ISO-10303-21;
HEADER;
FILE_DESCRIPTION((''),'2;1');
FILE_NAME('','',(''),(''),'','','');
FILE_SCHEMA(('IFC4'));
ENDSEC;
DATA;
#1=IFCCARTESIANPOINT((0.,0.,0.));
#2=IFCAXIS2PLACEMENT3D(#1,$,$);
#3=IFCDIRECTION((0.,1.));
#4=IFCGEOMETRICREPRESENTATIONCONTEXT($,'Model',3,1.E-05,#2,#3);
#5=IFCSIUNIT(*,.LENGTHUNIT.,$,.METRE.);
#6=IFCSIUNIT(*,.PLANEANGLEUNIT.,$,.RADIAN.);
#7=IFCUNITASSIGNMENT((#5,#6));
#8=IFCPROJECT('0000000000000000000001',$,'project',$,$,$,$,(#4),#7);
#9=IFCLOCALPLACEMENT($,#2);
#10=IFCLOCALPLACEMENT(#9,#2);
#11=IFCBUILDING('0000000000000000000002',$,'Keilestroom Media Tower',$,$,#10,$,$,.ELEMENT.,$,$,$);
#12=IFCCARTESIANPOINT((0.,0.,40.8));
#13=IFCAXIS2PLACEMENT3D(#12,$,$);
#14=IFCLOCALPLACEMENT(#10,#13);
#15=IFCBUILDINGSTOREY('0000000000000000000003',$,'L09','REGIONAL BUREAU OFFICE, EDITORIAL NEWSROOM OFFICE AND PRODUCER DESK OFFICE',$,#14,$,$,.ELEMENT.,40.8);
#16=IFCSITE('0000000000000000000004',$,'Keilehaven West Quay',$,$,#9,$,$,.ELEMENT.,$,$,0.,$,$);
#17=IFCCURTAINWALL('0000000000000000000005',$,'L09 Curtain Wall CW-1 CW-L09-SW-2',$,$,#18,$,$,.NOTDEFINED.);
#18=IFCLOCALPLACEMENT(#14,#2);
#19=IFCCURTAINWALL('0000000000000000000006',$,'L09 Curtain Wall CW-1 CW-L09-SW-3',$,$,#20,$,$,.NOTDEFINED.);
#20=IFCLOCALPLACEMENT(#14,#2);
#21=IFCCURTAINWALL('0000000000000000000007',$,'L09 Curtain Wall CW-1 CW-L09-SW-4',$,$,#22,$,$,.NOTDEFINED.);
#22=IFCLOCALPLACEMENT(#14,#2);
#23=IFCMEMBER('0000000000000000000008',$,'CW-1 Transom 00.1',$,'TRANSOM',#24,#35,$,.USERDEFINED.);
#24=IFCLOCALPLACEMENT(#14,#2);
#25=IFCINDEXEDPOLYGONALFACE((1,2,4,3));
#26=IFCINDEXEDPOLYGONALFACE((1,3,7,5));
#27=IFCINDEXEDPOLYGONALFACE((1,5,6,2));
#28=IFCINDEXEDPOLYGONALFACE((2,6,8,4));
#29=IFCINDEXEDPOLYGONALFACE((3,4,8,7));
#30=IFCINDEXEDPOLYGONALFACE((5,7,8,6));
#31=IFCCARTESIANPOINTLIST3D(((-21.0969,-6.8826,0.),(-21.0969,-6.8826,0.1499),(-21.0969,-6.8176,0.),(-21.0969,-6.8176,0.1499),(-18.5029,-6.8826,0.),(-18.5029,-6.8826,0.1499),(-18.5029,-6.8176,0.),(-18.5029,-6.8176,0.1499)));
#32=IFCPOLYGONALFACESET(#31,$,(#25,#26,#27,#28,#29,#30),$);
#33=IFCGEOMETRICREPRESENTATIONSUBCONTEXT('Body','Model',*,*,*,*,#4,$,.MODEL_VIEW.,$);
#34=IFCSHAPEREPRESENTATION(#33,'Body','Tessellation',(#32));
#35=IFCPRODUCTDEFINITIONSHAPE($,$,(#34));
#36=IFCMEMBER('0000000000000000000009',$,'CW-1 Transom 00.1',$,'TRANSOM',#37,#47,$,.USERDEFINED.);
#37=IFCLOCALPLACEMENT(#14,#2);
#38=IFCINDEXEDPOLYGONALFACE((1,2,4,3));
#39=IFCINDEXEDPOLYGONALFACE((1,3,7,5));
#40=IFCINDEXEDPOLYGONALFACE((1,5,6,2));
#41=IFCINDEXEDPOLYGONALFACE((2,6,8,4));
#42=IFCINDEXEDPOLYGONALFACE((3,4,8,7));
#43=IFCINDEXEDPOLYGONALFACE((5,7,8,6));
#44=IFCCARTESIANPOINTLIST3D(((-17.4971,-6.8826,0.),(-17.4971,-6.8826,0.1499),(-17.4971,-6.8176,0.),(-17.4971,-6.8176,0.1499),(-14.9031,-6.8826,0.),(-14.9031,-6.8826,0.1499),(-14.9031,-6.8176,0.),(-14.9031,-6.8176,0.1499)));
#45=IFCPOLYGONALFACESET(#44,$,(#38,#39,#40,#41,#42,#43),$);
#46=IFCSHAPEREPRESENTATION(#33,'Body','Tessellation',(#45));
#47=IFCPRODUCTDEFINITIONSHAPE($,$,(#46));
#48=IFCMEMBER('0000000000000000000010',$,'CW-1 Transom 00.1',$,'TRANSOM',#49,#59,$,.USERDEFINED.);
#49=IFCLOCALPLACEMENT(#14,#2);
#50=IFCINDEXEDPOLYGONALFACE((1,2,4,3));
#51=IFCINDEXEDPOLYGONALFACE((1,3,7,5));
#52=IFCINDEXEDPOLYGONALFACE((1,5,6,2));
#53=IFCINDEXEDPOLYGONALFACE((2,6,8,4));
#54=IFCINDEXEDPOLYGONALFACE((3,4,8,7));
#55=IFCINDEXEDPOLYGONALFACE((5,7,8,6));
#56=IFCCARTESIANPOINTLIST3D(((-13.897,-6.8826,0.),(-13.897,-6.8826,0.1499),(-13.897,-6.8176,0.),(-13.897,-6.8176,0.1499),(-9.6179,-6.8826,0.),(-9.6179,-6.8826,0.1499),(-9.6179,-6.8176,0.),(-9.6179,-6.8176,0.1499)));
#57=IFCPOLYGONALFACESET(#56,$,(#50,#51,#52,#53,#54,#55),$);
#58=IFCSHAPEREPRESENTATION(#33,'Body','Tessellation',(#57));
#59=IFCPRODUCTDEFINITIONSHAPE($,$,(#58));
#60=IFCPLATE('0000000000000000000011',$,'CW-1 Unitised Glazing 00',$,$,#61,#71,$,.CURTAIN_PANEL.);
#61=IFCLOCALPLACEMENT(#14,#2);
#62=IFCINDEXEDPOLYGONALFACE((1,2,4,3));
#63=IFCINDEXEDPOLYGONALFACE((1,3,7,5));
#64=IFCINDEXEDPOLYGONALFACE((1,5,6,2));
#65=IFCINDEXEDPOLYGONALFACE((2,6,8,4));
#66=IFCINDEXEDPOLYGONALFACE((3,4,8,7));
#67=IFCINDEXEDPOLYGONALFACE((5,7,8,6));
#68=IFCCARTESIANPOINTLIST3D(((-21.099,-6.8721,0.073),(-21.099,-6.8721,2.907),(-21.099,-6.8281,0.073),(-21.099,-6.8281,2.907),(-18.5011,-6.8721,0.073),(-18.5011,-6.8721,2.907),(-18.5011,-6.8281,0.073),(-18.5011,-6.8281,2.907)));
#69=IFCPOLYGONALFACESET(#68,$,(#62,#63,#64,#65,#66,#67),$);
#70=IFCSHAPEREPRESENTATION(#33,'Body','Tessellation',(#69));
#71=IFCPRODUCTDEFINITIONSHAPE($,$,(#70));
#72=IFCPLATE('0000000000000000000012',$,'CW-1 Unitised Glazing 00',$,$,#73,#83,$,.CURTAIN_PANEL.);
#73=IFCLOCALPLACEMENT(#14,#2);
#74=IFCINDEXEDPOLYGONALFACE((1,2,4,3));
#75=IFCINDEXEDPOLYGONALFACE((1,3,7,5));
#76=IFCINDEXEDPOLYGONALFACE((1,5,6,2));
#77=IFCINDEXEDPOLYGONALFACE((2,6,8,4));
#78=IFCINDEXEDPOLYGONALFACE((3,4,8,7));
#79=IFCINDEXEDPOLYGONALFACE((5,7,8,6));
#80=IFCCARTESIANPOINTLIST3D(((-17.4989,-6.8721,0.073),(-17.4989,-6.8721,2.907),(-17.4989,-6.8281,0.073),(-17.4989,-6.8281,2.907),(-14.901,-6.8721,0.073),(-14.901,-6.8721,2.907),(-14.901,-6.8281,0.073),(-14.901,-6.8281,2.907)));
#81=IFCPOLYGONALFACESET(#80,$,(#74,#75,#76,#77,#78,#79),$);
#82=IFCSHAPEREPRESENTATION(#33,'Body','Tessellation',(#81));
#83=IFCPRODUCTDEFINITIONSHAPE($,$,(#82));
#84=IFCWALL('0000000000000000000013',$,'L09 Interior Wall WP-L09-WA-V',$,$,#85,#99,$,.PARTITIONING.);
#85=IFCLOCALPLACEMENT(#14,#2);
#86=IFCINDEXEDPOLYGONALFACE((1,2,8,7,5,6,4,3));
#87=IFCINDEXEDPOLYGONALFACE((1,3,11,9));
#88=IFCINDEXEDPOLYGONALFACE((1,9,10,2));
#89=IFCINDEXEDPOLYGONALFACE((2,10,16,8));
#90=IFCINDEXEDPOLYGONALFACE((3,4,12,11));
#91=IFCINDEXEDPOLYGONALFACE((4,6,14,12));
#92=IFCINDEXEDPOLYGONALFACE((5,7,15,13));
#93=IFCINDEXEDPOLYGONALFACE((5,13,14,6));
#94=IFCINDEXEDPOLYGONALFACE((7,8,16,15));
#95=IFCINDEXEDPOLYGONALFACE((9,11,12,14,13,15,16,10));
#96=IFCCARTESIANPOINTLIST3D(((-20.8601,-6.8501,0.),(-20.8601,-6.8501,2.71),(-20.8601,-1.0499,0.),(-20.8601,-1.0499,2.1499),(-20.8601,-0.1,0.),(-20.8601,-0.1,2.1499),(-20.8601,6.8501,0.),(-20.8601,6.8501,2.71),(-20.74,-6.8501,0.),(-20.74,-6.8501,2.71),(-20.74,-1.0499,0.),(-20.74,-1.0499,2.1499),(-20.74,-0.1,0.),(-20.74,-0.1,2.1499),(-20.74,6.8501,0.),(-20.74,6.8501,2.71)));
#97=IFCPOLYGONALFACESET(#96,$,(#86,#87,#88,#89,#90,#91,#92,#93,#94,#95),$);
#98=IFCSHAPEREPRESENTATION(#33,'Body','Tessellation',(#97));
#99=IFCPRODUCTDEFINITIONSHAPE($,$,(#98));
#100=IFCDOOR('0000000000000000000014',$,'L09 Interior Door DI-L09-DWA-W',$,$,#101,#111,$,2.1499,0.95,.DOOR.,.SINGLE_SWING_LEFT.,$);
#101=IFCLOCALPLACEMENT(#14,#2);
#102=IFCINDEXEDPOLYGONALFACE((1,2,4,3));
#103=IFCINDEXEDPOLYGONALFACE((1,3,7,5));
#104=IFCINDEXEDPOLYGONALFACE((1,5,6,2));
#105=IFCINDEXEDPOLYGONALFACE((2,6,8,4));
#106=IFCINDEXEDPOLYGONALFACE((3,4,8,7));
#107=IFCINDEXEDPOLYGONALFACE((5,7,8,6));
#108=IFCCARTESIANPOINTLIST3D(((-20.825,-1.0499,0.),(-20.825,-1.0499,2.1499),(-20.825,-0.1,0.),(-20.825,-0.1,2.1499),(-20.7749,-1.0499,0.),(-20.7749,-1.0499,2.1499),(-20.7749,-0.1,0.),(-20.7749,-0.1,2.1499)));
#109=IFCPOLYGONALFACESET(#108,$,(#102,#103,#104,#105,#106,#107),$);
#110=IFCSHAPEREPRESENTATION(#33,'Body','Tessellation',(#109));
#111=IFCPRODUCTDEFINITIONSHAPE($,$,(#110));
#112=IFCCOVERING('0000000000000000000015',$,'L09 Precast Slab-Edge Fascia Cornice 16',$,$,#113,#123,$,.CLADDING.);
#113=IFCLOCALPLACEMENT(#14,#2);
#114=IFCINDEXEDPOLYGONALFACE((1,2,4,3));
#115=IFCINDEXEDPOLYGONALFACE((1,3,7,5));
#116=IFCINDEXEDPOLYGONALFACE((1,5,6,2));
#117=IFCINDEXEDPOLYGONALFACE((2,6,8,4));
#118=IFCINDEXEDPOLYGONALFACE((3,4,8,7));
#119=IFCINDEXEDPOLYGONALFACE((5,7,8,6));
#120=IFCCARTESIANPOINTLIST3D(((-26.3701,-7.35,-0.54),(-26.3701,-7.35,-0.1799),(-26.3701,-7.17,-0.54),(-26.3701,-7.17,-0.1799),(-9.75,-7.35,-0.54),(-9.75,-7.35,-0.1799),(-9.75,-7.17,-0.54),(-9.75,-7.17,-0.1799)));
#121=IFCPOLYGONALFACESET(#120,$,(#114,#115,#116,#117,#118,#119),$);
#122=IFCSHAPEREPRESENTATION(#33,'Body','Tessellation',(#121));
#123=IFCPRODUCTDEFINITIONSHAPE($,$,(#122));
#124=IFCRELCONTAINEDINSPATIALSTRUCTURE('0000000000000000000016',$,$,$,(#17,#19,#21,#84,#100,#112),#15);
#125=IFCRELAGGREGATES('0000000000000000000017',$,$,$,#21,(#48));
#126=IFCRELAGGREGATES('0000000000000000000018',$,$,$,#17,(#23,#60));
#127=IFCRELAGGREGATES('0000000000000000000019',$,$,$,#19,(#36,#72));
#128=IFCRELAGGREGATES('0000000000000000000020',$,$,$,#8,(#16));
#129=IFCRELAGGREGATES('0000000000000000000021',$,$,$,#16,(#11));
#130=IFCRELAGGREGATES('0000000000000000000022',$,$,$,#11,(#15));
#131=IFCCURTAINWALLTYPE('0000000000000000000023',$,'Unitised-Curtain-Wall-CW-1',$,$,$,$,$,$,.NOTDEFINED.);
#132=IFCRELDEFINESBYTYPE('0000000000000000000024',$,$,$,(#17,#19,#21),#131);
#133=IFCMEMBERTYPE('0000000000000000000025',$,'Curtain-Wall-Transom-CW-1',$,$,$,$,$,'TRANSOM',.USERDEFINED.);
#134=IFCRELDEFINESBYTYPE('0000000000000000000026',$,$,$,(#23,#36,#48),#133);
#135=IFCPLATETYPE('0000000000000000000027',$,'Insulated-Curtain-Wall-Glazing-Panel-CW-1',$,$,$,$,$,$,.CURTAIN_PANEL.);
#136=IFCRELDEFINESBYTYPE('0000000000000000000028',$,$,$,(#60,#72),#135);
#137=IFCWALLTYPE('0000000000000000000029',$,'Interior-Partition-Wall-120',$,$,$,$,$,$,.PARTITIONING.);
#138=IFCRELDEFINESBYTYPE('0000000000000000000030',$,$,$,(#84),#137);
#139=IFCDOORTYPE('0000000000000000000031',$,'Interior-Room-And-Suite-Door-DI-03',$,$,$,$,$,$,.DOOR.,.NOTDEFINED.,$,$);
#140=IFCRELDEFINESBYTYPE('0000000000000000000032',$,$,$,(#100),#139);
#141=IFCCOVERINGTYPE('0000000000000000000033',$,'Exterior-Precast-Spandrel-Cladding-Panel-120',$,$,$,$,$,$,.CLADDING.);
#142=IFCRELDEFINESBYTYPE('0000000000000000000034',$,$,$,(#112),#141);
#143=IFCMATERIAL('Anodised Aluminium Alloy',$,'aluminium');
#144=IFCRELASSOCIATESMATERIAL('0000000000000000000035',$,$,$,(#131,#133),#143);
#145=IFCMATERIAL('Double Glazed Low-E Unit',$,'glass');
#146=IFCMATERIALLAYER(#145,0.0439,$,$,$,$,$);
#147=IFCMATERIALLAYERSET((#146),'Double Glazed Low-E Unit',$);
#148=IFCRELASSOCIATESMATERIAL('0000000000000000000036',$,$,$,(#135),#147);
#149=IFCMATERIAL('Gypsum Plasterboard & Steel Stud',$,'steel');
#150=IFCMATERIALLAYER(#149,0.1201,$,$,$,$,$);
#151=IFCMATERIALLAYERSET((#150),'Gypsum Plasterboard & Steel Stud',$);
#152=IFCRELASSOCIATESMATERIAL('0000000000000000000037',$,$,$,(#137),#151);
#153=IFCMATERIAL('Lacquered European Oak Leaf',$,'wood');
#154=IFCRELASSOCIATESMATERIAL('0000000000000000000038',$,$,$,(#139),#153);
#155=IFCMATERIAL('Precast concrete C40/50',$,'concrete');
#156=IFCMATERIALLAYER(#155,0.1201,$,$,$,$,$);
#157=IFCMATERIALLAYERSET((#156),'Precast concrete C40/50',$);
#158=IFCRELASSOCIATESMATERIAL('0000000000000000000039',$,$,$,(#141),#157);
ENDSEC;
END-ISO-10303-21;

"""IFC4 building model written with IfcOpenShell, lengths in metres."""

from ifc_helpers import new_model, si_unit, direction, frame, frame_2d, origin, origin_2d, place, context, subcontext, project, spatial, rectangle, extrude, source, transform, mapped, material, layer, layer_set, material_profile, profile_set, type_object, element, fill, aggregate, save


model = new_model("IFC4")

# Units and contexts
model_context = context("Model", 3, precision=1e-05, world=origin(), true_north=direction((0.0, 1.0)))
body_context = subcontext(model_context, "Body", "Model", "MODEL_VIEW")
ifc_project = project(units=[si_unit("LENGTHUNIT", "METRE"), si_unit("PLANEANGLEUNIT", "RADIAN")], contexts=[model_context])

# Site, building, storey
site_placement = place(None, origin())
site = spatial("IfcSite", under=ifc_project, at=site_placement, Name="Keilehaven West Quay", CompositionType="ELEMENT", RefElevation=0.0)
building_placement = place(site_placement, origin())
building = spatial("IfcBuilding", under=site, at=building_placement, Name="Keilestroom Media Tower", CompositionType="ELEMENT")
storey_placement = place(building_placement, frame((0.0, 0.0, 40.8)))
storey = spatial("IfcBuildingStorey", under=building, at=storey_placement, Name="L09", Description="REGIONAL BUREAU OFFICE, EDITORIAL NEWSROOM OFFICE AND PRODUCER DESK OFFICE", CompositionType="ELEMENT", Elevation=40.8)

# Shared definitions
ifc_material_1 = material(Name="Precast concrete C40/50", Category="concrete")

# Curtain walls
ifc_material_2 = material(Name="Anodised Aluminium Alloy", Category="aluminium")
curtain_wall_type = type_object("IfcCurtainWallType", Name="Unitised-Curtain-Wall-CW-1", PredefinedType="NOTDEFINED", material=ifc_material_2)
curtain_wall_1_placement = place(storey_placement, origin())
curtain_wall_1 = element("IfcCurtainWall", 1, at=curtain_wall_1_placement, inside=storey, type_object=curtain_wall_type, Name="L09 Curtain Wall CW-1 CW-L09-SW-2", PredefinedType="NOTDEFINED")
curtain_wall_2_placement = place(storey_placement, origin())
curtain_wall_2 = element("IfcCurtainWall", 2, at=curtain_wall_2_placement, inside=storey, type_object=curtain_wall_type, Name="L09 Curtain Wall CW-1 CW-L09-SW-3", PredefinedType="NOTDEFINED")

# Curtain wall
curtain_wall_3_placement = place(storey_placement, origin())
curtain_wall_3 = element("IfcCurtainWall", 3, at=curtain_wall_3_placement, inside=storey, type_object=curtain_wall_type, Name="L09 Curtain Wall CW-1 CW-L09-SW-4", PredefinedType="NOTDEFINED")

# Members
ifc_material_profile_1 = material_profile(ifc_material_2, rectangle(XDim=0.0649, YDim=0.1499, at=origin_2d()), Name="ALU TRANSOM 65x150")
ifc_profile_set_1 = profile_set([ifc_material_profile_1], Name="Anodised Aluminium Alloy")
member_type_1 = type_object("IfcMemberType", Name="Curtain-Wall-Transom-CW-1", ElementType="TRANSOM", PredefinedType="USERDEFINED", material=ifc_profile_set_1)
shared_shape_1 = source(origin(), body_context, "Body", "SweptSolid", [
    extrude(rectangle(XDim=0.0649, YDim=0.1499, at=origin_2d()), origin(), (0.0, 0.0, 1.0), 2.594),
])
member_1_placement = place(storey_placement, frame((-21.0969, -6.8501, 0.075), z_axis=(1.0, 0.0, 0.0), x_axis=(0.0, 1.0, 0.0)))
member_1 = element("IfcMember", 4, at=member_1_placement, type_object=member_type_1, Name="CW-1 Transom 00.1", ObjectType="TRANSOM", PredefinedType="USERDEFINED", context=body_context, shape_type="MappedRepresentation", body=[
    mapped(shared_shape_1, transform((0.0, 0.0, 0.0), x_axis=(1.0, 0.0, 0.0), y_axis=(0.0, 1.0, 0.0), z_axis=(0.0, 0.0, 1.0), scale=1.0)),
])
member_2_placement = place(storey_placement, frame((-17.4971, -6.8501, 0.075), z_axis=(1.0, 0.0, 0.0), x_axis=(0.0, 1.0, 0.0)))
member_2 = element("IfcMember", 5, at=member_2_placement, type_object=member_type_1, Name="CW-1 Transom 00.1", ObjectType="TRANSOM", PredefinedType="USERDEFINED", context=body_context, shape_type="MappedRepresentation", body=[
    mapped(shared_shape_1, transform((0.0, 0.0, 0.0), x_axis=(1.0, 0.0, 0.0), y_axis=(0.0, 1.0, 0.0), z_axis=(0.0, 0.0, 1.0), scale=1.0)),
])
shared_shape_2 = source(origin(), body_context, "Body", "SweptSolid", [
    extrude(rectangle(XDim=0.0649, YDim=0.1499, at=origin_2d()), origin(), (0.0, 0.0, 1.0), 4.2791),
])
member_3_placement = place(storey_placement, frame((-13.897, -6.8501, 0.075), z_axis=(1.0, 0.0, 0.0), x_axis=(0.0, 1.0, 0.0)))
member_3 = element("IfcMember", 6, at=member_3_placement, type_object=member_type_1, Name="CW-1 Transom 00.1", ObjectType="TRANSOM", PredefinedType="USERDEFINED", context=body_context, shape_type="MappedRepresentation", body=[
    mapped(shared_shape_2, transform((0.0, 0.0, 0.0), x_axis=(1.0, 0.0, 0.0), y_axis=(0.0, 1.0, 0.0), z_axis=(0.0, 0.0, 1.0), scale=1.0)),
])
aggregate(curtain_wall_3, [member_3])

# Plates
ifc_material_3 = material(Name="Double Glazed Low-E Unit", Category="glass")
ifc_layer_1 = layer(ifc_material_3, 0.0439)
ifc_layer_set_1 = layer_set([ifc_layer_1], Name="Double Glazed Low-E Unit")
plate_type = type_object("IfcPlateType", Name="Insulated-Curtain-Wall-Glazing-Panel-CW-1", PredefinedType="CURTAIN_PANEL", material=ifc_layer_set_1)
shared_shape_3 = source(origin(), body_context, "Body", "SweptSolid", [
    extrude(rectangle(XDim=2.5979, YDim=0.0439, at=origin_2d()), origin(), (0.0, 0.0, 1.0), 2.834),
])
plate_1_placement = place(storey_placement, frame((-19.8, -6.8501, 0.073), z_axis=(0.0, 0.0, 1.0), x_axis=(1.0, 0.0, 0.0)))
plate_1 = element("IfcPlate", 7, at=plate_1_placement, type_object=plate_type, Name="CW-1 Unitised Glazing 00", PredefinedType="CURTAIN_PANEL", context=body_context, shape_type="MappedRepresentation", body=[
    mapped(shared_shape_3, transform((0.0, 0.0, 0.0), x_axis=(1.0, 0.0, 0.0), y_axis=(0.0, 1.0, 0.0), z_axis=(0.0, 0.0, 1.0), scale=1.0)),
])
aggregate(curtain_wall_1, [member_1, plate_1])
plate_2_placement = place(storey_placement, frame((-16.2, -6.8501, 0.073), z_axis=(0.0, 0.0, 1.0), x_axis=(1.0, 0.0, 0.0)))
plate_2 = element("IfcPlate", 8, at=plate_2_placement, type_object=plate_type, Name="CW-1 Unitised Glazing 00", PredefinedType="CURTAIN_PANEL", context=body_context, shape_type="MappedRepresentation", body=[
    mapped(shared_shape_3, transform((0.0, 0.0, 0.0), x_axis=(1.0, 0.0, 0.0), y_axis=(0.0, 1.0, 0.0), z_axis=(0.0, 0.0, 1.0), scale=1.0)),
])
aggregate(curtain_wall_2, [member_2, plate_2])

# Wall, opening, door
ifc_material_4 = material(Name="Gypsum Plasterboard & Steel Stud", Category="steel")
ifc_layer_2 = layer(ifc_material_4, 0.1201)
ifc_layer_set_2 = layer_set([ifc_layer_2], Name="Gypsum Plasterboard & Steel Stud")
wall_type = type_object("IfcWallType", Name="Interior-Partition-Wall-120", PredefinedType="PARTITIONING", material=ifc_layer_set_2)
wall_placement = place(storey_placement, frame((-20.8, -6.8501, 0.0), z_axis=(0.0, 0.0, 1.0), x_axis=(0.0, 1.0, 0.0)))
wall = element("IfcWall", 9, at=wall_placement, inside=storey, type_object=wall_type, Name="L09 Interior Wall WP-L09-WA-V", PredefinedType="PARTITIONING", context=body_context, shape_type="SweptSolid", body=[
    extrude(rectangle(XDim=13.7002, YDim=0.1201, at=frame_2d((6.8501, 0.0))), origin(), (0.0, 0.0, 1.0), 2.71),
])
opening_placement = place(wall_placement, frame((5.8, 0.0, 0.0)))
opening = element("IfcOpeningElement", 10, at=opening_placement, cuts=wall, PredefinedType="OPENING", context=body_context, shape_type="SweptSolid", body=[
    extrude(rectangle(XDim=0.95, YDim=2.1499, at=frame_2d((0.4751, 1.075))), frame((0.0, 0.0701, 0.0), z_axis=(0.0, -1.0, 0.0), x_axis=(1.0, 0.0, 0.0)), (0.0, 0.0, 1.0), 0.1401),
])
ifc_material_5 = material(Name="Lacquered European Oak Leaf", Category="wood")
door_type = type_object("IfcDoorType", Name="Interior-Room-And-Suite-Door-DI-03", OperationType="NOTDEFINED", PredefinedType="DOOR", material=ifc_material_5)
shared_shape_4 = source(origin(), body_context, "Body", "SweptSolid", [
    extrude(rectangle(XDim=0.95, YDim=2.1499, at=frame_2d((0.4751, 1.075))), frame((0.0, 0.0249, 0.0), z_axis=(0.0, -1.0, 0.0), x_axis=(1.0, 0.0, 0.0)), (0.0, 0.0, 1.0), 0.05),
])
door_placement = place(opening_placement, origin())
door = element("IfcDoor", 11, at=door_placement, inside=storey, type_object=door_type, Name="L09 Interior Door DI-L09-DWA-W", OperationType="SINGLE_SWING_LEFT", OverallHeight=2.1499, OverallWidth=0.95, PredefinedType="DOOR", context=body_context, shape_type="MappedRepresentation", body=[
    mapped(shared_shape_4, transform((0.0, 0.0, 0.0), x_axis=(1.0, 0.0, 0.0), y_axis=(0.0, 1.0, 0.0), z_axis=(0.0, 0.0, 1.0), scale=1.0)),
])
fill(opening, door)

# Covering
ifc_layer_3 = layer(ifc_material_1, 0.1201)
ifc_layer_set_3 = layer_set([ifc_layer_3], Name="Precast concrete C40/50")
covering_type = type_object("IfcCoveringType", Name="Exterior-Precast-Spandrel-Cladding-Panel-120", PredefinedType="CLADDING", material=ifc_layer_set_3)
shared_shape_5 = source(origin(), body_context, "Body", "SweptSolid", [
    extrude(rectangle(XDim=16.6201, YDim=0.1799, at=origin_2d()), origin(), (0.0, 0.0, 1.0), 0.3601),
])
covering_placement = place(storey_placement, frame((-18.0601, -7.26, -0.54), z_axis=(0.0, 0.0, 1.0), x_axis=(-1.0, 0.0, 0.0)))
element("IfcCovering", 12, at=covering_placement, inside=storey, type_object=covering_type, Name="L09 Precast Slab-Edge Fascia Cornice 16", PredefinedType="CLADDING", context=body_context, shape_type="MappedRepresentation", body=[
    mapped(shared_shape_5, transform((0.0, 0.0, 0.0), x_axis=(1.0, 0.0, 0.0), y_axis=(0.0, 1.0, 0.0), z_axis=(0.0, 0.0, 1.0), scale=1.0)),
])

save(model, "model.ifc")
